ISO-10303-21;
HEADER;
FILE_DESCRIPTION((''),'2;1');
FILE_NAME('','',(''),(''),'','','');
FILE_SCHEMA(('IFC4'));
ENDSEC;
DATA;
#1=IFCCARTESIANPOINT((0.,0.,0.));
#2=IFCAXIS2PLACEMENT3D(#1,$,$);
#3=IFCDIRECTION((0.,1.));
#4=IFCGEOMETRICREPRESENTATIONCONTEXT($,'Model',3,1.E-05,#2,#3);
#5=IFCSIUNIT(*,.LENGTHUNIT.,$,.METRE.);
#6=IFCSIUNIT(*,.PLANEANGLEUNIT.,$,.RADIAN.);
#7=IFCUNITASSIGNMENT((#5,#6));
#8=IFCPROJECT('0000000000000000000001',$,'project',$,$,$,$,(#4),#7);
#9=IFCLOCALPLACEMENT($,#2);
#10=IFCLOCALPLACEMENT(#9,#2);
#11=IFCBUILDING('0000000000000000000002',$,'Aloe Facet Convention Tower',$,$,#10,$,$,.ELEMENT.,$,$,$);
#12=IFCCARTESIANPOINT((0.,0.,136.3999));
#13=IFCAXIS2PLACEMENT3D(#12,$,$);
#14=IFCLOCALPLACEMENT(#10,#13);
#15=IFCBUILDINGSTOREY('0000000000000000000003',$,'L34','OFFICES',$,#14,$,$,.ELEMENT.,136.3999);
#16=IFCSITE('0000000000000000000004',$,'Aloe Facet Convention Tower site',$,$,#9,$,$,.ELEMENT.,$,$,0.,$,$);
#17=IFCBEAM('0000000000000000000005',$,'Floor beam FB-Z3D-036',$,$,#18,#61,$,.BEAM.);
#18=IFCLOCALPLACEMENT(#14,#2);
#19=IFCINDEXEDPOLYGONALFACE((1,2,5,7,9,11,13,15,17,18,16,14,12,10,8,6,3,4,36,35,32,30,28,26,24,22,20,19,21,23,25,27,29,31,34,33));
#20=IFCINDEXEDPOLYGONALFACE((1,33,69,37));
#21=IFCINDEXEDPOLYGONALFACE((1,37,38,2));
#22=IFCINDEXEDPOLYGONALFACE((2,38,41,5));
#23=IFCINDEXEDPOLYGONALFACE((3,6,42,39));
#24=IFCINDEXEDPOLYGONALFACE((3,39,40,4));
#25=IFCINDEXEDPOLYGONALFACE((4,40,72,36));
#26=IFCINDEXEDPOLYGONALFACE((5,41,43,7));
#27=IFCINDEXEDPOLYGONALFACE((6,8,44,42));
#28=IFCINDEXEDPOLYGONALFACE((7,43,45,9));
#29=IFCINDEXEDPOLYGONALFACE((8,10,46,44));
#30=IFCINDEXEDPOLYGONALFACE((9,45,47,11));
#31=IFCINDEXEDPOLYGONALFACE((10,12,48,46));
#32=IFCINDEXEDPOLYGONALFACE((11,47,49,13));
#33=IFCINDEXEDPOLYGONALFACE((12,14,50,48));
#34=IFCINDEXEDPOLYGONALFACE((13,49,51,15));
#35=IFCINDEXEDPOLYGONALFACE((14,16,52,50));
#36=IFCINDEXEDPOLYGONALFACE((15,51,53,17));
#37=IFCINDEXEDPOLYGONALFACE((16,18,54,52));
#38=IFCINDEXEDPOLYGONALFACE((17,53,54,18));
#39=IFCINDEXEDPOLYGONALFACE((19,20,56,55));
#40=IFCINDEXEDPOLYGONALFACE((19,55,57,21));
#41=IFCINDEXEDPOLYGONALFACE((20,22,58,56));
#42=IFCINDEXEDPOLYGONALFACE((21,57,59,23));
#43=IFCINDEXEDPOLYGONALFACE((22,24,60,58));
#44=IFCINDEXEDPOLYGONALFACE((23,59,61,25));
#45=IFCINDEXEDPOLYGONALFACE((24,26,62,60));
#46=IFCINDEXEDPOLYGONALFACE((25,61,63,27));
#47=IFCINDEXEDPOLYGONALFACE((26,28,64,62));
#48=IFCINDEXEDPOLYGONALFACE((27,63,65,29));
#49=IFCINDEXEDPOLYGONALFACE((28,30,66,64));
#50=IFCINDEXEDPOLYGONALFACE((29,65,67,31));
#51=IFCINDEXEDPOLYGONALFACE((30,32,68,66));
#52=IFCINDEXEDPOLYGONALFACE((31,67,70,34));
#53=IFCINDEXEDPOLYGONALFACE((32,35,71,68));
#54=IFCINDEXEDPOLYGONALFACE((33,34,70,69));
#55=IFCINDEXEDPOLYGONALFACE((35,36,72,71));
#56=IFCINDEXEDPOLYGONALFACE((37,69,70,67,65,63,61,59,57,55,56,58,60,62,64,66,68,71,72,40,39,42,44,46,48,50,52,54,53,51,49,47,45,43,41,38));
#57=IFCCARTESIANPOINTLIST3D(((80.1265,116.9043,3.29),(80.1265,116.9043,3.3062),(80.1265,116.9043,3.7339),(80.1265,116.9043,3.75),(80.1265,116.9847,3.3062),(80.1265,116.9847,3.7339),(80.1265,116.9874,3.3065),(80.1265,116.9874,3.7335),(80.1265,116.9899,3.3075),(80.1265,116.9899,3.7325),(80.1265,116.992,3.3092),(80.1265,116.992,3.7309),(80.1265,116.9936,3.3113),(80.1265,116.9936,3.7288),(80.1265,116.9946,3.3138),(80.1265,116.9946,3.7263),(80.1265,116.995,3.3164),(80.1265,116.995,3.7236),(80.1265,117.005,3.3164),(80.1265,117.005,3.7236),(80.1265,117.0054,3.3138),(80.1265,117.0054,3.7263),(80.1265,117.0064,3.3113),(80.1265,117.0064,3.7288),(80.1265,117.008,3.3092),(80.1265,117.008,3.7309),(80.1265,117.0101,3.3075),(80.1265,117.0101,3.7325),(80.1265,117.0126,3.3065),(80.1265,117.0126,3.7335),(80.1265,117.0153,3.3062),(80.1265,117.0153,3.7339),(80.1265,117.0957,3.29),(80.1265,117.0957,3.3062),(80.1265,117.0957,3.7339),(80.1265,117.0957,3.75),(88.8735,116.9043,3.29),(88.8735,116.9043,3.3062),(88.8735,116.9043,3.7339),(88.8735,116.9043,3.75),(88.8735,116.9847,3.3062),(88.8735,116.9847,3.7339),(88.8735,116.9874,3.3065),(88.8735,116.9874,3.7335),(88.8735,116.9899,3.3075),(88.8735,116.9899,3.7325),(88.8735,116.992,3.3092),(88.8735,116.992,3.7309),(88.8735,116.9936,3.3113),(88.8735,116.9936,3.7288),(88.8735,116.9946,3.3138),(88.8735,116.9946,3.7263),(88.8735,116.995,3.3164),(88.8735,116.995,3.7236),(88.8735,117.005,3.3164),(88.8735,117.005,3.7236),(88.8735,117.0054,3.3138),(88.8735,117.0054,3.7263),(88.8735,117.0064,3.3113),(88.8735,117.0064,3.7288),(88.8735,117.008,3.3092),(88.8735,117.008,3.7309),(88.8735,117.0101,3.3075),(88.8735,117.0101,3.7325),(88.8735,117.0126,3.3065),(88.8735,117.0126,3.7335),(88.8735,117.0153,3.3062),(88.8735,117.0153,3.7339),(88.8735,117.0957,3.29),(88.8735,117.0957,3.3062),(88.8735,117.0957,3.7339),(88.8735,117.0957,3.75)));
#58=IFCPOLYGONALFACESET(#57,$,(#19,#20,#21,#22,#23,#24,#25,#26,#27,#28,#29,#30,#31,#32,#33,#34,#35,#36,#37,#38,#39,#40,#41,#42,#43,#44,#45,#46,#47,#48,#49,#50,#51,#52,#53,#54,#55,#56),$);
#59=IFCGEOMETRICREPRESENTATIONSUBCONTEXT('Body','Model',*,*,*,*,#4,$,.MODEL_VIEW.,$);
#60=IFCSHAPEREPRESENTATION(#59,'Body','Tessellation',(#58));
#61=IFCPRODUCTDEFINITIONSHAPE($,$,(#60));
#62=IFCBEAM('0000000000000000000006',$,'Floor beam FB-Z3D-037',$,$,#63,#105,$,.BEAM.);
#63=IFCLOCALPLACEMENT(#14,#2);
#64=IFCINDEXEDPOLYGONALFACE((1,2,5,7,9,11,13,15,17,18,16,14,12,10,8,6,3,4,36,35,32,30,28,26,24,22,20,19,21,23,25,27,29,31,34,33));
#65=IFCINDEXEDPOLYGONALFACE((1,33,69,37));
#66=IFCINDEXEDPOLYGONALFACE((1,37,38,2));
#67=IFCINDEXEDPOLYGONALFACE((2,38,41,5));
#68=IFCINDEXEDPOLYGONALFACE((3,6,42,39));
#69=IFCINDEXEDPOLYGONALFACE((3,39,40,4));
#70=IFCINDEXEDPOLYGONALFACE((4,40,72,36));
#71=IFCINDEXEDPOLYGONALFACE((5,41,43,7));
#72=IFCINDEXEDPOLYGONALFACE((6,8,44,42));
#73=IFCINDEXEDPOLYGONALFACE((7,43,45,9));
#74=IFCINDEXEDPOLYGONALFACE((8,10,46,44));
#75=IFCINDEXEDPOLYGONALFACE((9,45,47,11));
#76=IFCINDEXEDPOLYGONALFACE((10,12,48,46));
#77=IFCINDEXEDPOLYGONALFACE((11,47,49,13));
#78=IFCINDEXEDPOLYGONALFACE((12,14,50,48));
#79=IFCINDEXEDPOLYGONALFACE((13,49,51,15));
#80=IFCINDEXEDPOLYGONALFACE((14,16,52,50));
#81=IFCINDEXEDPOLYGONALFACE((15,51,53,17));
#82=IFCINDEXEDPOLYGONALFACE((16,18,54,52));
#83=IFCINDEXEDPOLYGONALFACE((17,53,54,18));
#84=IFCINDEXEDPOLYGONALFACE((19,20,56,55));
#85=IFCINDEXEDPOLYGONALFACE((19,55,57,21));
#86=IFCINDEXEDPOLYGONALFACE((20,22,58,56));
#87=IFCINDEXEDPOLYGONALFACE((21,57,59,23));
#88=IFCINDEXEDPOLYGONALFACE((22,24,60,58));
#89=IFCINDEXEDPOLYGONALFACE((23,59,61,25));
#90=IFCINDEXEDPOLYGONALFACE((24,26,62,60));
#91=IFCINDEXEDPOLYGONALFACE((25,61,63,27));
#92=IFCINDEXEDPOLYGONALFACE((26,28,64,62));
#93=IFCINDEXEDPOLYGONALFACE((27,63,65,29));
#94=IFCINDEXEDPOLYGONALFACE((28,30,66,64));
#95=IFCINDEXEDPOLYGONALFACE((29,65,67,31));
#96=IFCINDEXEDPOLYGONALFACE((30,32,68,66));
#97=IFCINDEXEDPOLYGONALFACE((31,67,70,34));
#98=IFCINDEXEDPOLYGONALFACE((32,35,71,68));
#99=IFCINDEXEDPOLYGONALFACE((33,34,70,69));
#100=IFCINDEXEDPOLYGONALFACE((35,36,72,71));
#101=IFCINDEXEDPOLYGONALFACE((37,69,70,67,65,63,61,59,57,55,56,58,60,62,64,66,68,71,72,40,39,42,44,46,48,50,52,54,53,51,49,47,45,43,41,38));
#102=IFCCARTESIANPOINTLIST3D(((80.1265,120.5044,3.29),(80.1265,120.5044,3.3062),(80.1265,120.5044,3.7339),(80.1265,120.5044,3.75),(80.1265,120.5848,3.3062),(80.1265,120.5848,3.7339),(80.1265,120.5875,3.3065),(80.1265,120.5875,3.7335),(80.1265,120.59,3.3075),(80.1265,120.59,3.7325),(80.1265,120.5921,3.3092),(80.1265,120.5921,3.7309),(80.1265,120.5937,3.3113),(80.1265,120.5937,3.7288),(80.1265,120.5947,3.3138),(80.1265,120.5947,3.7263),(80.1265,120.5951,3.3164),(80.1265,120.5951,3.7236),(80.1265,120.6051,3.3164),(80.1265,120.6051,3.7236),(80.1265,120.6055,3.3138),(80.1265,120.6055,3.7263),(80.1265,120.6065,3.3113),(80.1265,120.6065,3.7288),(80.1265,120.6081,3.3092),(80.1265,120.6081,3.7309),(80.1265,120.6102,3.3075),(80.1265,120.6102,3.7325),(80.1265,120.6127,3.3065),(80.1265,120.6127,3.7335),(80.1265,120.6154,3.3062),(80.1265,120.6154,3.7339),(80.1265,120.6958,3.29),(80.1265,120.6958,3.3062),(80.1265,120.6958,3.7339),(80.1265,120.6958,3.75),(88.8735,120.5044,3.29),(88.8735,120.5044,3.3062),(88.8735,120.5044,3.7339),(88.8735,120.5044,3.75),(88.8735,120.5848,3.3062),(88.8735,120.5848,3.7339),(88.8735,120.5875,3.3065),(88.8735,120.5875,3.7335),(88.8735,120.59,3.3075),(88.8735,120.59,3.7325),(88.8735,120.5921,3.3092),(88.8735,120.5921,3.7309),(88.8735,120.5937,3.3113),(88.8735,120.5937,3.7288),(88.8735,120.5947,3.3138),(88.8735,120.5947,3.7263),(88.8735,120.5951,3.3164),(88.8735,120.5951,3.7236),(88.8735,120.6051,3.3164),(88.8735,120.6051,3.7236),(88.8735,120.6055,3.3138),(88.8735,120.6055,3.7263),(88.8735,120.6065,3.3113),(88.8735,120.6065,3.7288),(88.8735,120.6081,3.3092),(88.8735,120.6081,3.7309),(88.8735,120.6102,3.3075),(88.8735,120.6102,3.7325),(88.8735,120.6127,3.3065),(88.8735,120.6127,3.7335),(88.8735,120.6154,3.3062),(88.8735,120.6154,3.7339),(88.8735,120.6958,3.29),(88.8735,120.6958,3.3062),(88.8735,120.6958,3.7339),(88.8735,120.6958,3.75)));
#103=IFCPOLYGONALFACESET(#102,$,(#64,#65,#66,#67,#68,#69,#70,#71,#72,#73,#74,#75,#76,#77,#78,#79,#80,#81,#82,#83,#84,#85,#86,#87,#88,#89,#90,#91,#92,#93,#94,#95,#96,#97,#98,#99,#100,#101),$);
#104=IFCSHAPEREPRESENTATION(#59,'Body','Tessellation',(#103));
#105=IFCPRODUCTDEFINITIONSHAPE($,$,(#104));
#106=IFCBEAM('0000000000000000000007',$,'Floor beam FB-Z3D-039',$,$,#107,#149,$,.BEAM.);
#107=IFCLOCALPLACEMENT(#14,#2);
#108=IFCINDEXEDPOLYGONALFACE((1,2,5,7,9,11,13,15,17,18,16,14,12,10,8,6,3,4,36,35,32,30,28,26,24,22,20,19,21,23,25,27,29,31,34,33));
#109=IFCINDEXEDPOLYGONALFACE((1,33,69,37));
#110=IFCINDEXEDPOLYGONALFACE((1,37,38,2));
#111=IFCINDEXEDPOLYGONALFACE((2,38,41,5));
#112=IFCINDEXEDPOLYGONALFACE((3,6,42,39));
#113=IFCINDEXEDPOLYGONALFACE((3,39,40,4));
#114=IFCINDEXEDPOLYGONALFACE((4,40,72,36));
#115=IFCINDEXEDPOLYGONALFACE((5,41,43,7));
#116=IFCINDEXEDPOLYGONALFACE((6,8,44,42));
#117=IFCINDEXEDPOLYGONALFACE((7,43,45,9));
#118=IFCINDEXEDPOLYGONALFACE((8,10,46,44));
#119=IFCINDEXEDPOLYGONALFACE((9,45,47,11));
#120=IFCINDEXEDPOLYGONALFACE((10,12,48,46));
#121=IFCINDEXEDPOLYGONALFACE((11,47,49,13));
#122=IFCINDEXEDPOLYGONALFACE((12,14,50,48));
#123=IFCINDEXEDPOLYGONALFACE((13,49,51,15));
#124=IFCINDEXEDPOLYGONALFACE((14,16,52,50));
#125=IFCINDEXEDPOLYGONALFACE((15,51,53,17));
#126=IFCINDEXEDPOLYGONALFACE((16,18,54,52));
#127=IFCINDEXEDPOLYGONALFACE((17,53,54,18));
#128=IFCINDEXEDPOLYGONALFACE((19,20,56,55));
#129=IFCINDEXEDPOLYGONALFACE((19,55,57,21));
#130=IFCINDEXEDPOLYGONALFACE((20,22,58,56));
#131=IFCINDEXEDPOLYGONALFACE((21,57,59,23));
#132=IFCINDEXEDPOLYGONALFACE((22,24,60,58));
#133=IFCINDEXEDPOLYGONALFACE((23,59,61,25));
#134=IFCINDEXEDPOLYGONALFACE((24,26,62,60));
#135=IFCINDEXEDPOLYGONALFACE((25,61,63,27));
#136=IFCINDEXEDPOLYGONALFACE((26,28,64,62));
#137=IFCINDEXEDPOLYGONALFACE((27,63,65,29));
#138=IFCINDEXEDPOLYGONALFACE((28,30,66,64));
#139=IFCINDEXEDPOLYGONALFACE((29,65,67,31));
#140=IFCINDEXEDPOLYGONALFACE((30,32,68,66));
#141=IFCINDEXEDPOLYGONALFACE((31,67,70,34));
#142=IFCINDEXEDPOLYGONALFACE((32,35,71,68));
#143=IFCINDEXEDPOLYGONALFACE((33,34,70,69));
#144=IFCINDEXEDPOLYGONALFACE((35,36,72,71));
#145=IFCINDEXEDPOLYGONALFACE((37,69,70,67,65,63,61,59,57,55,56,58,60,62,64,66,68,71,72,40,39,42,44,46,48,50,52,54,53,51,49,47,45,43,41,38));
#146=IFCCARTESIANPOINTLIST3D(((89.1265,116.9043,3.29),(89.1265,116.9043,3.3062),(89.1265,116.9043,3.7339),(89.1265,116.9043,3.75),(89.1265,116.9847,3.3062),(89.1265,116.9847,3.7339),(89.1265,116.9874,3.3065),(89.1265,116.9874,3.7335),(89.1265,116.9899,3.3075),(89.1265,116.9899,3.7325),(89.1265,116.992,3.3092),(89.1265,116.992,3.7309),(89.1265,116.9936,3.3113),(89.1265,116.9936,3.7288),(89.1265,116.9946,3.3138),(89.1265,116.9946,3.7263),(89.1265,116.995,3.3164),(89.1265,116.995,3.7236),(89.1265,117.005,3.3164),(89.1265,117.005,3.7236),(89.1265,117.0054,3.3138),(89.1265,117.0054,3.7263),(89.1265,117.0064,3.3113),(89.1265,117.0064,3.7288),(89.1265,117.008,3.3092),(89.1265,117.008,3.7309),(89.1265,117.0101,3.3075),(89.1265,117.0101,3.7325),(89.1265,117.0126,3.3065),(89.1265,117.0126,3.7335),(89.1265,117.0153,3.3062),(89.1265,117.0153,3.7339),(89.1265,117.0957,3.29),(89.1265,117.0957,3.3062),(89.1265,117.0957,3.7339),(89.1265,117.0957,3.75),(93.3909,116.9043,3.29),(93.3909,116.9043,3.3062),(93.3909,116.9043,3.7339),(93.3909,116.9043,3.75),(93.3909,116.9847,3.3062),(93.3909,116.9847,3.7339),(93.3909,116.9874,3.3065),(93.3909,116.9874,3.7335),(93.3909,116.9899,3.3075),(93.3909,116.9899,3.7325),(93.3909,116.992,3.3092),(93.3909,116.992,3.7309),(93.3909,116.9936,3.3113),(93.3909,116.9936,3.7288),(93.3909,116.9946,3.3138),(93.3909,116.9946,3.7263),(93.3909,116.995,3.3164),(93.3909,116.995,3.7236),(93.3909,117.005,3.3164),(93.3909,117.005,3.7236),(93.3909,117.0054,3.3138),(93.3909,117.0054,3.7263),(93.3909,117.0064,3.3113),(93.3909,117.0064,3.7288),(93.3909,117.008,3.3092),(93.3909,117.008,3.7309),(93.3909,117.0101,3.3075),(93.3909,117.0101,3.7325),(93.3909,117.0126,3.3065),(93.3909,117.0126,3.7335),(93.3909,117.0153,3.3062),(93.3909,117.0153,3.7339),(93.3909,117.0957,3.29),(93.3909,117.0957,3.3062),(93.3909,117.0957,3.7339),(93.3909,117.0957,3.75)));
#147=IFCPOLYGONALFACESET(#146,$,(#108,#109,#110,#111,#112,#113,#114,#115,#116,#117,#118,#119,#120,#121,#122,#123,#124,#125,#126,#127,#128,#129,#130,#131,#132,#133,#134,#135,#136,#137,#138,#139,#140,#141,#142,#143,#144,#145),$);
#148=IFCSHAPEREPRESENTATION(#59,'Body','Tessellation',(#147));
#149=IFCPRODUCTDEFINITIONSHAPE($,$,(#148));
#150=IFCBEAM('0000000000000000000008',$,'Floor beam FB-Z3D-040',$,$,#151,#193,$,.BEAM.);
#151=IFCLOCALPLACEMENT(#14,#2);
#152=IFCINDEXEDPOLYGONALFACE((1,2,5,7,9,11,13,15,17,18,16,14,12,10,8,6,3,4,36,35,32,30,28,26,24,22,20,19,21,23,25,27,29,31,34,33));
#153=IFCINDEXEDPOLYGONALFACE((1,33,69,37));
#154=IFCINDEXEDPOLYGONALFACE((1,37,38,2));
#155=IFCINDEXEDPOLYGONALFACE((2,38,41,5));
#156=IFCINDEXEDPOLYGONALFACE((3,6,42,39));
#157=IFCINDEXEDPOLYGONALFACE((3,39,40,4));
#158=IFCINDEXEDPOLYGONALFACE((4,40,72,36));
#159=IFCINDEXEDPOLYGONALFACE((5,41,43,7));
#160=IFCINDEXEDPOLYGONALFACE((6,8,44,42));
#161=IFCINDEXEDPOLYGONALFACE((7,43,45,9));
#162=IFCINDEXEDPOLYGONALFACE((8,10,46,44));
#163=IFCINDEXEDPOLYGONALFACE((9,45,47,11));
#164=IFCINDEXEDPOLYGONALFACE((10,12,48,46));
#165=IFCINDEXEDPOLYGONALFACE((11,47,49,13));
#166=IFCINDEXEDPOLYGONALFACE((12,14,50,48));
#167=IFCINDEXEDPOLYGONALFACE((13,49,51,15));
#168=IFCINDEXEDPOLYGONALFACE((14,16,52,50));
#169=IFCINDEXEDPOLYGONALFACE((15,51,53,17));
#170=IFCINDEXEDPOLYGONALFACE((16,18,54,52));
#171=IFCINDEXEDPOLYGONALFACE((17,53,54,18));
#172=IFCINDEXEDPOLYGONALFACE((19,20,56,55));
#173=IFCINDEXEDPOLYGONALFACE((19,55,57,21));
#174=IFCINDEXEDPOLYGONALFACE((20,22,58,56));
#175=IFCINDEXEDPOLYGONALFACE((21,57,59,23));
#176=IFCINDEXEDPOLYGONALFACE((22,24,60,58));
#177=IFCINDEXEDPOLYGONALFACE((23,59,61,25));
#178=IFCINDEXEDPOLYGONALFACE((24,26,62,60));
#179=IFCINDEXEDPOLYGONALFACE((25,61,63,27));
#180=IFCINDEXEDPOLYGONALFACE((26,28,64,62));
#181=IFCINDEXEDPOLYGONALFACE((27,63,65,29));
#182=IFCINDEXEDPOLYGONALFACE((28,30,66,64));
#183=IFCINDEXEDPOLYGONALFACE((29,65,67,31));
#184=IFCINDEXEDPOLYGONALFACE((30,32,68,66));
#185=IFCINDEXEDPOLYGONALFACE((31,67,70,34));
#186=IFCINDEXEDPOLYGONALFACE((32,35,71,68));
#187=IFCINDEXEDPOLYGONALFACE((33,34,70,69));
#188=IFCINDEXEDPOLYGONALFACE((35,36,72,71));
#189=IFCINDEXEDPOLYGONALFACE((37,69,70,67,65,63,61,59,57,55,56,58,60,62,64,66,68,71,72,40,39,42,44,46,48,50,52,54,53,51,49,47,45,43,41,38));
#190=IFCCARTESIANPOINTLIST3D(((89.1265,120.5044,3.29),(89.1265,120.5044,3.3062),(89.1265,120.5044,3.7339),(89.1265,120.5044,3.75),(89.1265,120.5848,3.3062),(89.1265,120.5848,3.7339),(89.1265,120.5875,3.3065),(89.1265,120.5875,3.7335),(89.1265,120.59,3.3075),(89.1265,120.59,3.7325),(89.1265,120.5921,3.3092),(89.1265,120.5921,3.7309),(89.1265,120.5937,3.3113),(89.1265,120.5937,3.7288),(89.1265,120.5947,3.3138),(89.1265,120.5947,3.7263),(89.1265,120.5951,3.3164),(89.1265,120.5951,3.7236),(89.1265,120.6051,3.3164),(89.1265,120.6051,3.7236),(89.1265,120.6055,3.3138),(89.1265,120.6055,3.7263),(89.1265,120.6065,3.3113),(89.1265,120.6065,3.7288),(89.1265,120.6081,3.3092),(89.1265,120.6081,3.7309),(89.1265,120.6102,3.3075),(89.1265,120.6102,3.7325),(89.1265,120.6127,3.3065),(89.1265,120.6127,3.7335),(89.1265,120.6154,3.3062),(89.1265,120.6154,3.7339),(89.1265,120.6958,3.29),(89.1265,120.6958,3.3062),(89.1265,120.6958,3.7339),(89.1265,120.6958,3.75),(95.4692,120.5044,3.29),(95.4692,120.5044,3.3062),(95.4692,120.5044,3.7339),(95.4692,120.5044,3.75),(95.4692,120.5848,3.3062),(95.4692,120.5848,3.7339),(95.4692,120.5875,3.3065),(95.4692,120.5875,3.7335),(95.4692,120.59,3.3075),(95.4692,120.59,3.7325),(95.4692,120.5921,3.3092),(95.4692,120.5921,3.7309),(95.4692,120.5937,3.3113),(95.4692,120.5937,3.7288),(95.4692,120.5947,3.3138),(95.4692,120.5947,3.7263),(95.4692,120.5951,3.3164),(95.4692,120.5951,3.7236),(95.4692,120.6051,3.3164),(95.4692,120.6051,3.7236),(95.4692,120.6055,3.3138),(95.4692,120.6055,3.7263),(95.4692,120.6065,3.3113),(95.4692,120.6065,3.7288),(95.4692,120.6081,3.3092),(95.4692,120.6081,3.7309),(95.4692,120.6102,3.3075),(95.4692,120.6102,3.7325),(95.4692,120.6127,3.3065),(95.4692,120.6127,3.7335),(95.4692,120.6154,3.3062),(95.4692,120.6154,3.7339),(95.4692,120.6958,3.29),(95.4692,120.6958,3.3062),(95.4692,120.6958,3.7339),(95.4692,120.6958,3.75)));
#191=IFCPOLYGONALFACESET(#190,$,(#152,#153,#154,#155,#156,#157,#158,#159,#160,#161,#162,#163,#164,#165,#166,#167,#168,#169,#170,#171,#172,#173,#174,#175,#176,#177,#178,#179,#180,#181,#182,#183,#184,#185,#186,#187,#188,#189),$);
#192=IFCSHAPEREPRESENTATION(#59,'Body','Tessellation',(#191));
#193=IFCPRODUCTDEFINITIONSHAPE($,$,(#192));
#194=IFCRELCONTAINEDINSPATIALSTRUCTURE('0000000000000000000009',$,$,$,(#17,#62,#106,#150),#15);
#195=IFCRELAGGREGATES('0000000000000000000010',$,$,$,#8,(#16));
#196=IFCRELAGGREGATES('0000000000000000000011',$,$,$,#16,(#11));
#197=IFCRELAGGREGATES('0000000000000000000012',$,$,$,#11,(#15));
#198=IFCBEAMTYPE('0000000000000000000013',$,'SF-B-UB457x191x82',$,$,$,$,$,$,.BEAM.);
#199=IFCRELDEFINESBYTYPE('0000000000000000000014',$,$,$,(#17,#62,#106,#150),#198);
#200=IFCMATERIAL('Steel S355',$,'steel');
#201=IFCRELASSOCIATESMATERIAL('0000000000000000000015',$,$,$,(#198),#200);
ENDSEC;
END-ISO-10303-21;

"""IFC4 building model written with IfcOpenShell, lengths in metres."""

from ifc_helpers import new_model, si_unit, direction, frame, origin, origin_2d, place, context, subcontext, project, spatial, i_section, extrude, material, material_profile, profile_set, type_object, element, save


model = new_model("IFC4")

# Units and contexts
model_context = context("Model", 3, precision=1e-05, world=origin(), true_north=direction((0.0, 1.0)))
body_context = subcontext(model_context, "Body", "Model", "MODEL_VIEW")
ifc_project = project(units=[si_unit("LENGTHUNIT", "METRE"), si_unit("PLANEANGLEUNIT", "RADIAN")], contexts=[model_context])

# Site, building, storey
site_placement = place(None, origin())
site = spatial("IfcSite", under=ifc_project, at=site_placement, Name="Aloe Facet Convention Tower site", CompositionType="ELEMENT", RefElevation=0.0)
building_placement = place(site_placement, origin())
building = spatial("IfcBuilding", under=site, at=building_placement, Name="Aloe Facet Convention Tower", CompositionType="ELEMENT")
storey_placement = place(building_placement, frame((0.0, 0.0, 136.3999)))
storey = spatial("IfcBuildingStorey", under=building, at=storey_placement, Name="L34", Description="OFFICES", CompositionType="ELEMENT", Elevation=136.3999)

# Beams
ifc_material_1 = material(Name="Steel S355", Category="steel")
ifc_material_profile_1 = material_profile(ifc_material_1, i_section(OverallWidth=0.1914, OverallDepth=0.46, WebThickness=0.01, FlangeThickness=0.0161, FilletRadius=0.0103, at=origin_2d()), Name="UB 457x191x82")
ifc_profile_set_1 = profile_set([ifc_material_profile_1], Name="Steel S355")
beam_type_1 = type_object("IfcBeamType", Name="SF-B-UB457x191x82", PredefinedType="BEAM", material=ifc_profile_set_1)
for number, where, z_axis, x_axis, name in (
    (1, (80.1265, 117.0, 3.52), (1.0, 0.0, 0.0), (0.0, 1.0, 0.0), "Floor beam FB-Z3D-036"),
    (2, (80.1265, 120.6001, 3.52), (1.0, 0.0, 0.0), (0.0, 1.0, 0.0), "Floor beam FB-Z3D-037"),
):
    element("IfcBeam", number, at=place(storey_placement, frame(where, z_axis=z_axis, x_axis=x_axis)), inside=storey, type_object=beam_type_1, Name=name, PredefinedType="BEAM", context=body_context, shape_type="SweptSolid", body=[
        extrude(i_section(OverallWidth=0.1914, OverallDepth=0.46, WebThickness=0.01, FlangeThickness=0.0161, FilletRadius=0.0103, at=origin_2d()), origin(), (0.0, 0.0, 1.0), 8.7471),
    ])
beam_1_placement = place(storey_placement, frame((89.1265, 117.0, 3.52), z_axis=(1.0, 0.0, 0.0), x_axis=(0.0, 1.0, 0.0)))
element("IfcBeam", 3, at=beam_1_placement, inside=storey, type_object=beam_type_1, Name="Floor beam FB-Z3D-039", PredefinedType="BEAM", context=body_context, shape_type="SweptSolid", body=[
    extrude(i_section(OverallWidth=0.1914, OverallDepth=0.46, WebThickness=0.01, FlangeThickness=0.0161, FilletRadius=0.0103, at=origin_2d()), origin(), (0.0, 0.0, 1.0), 4.2644),
])
beam_2_placement = place(storey_placement, frame((89.1265, 120.6001, 3.52), z_axis=(1.0, 0.0, 0.0), x_axis=(0.0, 1.0, 0.0)))
element("IfcBeam", 4, at=beam_2_placement, inside=storey, type_object=beam_type_1, Name="Floor beam FB-Z3D-040", PredefinedType="BEAM", context=body_context, shape_type="SweptSolid", body=[
    extrude(i_section(OverallWidth=0.1914, OverallDepth=0.46, WebThickness=0.01, FlangeThickness=0.0161, FilletRadius=0.0103, at=origin_2d()), origin(), (0.0, 0.0, 1.0), 6.3428),
])

save(model, "model.ifc")
